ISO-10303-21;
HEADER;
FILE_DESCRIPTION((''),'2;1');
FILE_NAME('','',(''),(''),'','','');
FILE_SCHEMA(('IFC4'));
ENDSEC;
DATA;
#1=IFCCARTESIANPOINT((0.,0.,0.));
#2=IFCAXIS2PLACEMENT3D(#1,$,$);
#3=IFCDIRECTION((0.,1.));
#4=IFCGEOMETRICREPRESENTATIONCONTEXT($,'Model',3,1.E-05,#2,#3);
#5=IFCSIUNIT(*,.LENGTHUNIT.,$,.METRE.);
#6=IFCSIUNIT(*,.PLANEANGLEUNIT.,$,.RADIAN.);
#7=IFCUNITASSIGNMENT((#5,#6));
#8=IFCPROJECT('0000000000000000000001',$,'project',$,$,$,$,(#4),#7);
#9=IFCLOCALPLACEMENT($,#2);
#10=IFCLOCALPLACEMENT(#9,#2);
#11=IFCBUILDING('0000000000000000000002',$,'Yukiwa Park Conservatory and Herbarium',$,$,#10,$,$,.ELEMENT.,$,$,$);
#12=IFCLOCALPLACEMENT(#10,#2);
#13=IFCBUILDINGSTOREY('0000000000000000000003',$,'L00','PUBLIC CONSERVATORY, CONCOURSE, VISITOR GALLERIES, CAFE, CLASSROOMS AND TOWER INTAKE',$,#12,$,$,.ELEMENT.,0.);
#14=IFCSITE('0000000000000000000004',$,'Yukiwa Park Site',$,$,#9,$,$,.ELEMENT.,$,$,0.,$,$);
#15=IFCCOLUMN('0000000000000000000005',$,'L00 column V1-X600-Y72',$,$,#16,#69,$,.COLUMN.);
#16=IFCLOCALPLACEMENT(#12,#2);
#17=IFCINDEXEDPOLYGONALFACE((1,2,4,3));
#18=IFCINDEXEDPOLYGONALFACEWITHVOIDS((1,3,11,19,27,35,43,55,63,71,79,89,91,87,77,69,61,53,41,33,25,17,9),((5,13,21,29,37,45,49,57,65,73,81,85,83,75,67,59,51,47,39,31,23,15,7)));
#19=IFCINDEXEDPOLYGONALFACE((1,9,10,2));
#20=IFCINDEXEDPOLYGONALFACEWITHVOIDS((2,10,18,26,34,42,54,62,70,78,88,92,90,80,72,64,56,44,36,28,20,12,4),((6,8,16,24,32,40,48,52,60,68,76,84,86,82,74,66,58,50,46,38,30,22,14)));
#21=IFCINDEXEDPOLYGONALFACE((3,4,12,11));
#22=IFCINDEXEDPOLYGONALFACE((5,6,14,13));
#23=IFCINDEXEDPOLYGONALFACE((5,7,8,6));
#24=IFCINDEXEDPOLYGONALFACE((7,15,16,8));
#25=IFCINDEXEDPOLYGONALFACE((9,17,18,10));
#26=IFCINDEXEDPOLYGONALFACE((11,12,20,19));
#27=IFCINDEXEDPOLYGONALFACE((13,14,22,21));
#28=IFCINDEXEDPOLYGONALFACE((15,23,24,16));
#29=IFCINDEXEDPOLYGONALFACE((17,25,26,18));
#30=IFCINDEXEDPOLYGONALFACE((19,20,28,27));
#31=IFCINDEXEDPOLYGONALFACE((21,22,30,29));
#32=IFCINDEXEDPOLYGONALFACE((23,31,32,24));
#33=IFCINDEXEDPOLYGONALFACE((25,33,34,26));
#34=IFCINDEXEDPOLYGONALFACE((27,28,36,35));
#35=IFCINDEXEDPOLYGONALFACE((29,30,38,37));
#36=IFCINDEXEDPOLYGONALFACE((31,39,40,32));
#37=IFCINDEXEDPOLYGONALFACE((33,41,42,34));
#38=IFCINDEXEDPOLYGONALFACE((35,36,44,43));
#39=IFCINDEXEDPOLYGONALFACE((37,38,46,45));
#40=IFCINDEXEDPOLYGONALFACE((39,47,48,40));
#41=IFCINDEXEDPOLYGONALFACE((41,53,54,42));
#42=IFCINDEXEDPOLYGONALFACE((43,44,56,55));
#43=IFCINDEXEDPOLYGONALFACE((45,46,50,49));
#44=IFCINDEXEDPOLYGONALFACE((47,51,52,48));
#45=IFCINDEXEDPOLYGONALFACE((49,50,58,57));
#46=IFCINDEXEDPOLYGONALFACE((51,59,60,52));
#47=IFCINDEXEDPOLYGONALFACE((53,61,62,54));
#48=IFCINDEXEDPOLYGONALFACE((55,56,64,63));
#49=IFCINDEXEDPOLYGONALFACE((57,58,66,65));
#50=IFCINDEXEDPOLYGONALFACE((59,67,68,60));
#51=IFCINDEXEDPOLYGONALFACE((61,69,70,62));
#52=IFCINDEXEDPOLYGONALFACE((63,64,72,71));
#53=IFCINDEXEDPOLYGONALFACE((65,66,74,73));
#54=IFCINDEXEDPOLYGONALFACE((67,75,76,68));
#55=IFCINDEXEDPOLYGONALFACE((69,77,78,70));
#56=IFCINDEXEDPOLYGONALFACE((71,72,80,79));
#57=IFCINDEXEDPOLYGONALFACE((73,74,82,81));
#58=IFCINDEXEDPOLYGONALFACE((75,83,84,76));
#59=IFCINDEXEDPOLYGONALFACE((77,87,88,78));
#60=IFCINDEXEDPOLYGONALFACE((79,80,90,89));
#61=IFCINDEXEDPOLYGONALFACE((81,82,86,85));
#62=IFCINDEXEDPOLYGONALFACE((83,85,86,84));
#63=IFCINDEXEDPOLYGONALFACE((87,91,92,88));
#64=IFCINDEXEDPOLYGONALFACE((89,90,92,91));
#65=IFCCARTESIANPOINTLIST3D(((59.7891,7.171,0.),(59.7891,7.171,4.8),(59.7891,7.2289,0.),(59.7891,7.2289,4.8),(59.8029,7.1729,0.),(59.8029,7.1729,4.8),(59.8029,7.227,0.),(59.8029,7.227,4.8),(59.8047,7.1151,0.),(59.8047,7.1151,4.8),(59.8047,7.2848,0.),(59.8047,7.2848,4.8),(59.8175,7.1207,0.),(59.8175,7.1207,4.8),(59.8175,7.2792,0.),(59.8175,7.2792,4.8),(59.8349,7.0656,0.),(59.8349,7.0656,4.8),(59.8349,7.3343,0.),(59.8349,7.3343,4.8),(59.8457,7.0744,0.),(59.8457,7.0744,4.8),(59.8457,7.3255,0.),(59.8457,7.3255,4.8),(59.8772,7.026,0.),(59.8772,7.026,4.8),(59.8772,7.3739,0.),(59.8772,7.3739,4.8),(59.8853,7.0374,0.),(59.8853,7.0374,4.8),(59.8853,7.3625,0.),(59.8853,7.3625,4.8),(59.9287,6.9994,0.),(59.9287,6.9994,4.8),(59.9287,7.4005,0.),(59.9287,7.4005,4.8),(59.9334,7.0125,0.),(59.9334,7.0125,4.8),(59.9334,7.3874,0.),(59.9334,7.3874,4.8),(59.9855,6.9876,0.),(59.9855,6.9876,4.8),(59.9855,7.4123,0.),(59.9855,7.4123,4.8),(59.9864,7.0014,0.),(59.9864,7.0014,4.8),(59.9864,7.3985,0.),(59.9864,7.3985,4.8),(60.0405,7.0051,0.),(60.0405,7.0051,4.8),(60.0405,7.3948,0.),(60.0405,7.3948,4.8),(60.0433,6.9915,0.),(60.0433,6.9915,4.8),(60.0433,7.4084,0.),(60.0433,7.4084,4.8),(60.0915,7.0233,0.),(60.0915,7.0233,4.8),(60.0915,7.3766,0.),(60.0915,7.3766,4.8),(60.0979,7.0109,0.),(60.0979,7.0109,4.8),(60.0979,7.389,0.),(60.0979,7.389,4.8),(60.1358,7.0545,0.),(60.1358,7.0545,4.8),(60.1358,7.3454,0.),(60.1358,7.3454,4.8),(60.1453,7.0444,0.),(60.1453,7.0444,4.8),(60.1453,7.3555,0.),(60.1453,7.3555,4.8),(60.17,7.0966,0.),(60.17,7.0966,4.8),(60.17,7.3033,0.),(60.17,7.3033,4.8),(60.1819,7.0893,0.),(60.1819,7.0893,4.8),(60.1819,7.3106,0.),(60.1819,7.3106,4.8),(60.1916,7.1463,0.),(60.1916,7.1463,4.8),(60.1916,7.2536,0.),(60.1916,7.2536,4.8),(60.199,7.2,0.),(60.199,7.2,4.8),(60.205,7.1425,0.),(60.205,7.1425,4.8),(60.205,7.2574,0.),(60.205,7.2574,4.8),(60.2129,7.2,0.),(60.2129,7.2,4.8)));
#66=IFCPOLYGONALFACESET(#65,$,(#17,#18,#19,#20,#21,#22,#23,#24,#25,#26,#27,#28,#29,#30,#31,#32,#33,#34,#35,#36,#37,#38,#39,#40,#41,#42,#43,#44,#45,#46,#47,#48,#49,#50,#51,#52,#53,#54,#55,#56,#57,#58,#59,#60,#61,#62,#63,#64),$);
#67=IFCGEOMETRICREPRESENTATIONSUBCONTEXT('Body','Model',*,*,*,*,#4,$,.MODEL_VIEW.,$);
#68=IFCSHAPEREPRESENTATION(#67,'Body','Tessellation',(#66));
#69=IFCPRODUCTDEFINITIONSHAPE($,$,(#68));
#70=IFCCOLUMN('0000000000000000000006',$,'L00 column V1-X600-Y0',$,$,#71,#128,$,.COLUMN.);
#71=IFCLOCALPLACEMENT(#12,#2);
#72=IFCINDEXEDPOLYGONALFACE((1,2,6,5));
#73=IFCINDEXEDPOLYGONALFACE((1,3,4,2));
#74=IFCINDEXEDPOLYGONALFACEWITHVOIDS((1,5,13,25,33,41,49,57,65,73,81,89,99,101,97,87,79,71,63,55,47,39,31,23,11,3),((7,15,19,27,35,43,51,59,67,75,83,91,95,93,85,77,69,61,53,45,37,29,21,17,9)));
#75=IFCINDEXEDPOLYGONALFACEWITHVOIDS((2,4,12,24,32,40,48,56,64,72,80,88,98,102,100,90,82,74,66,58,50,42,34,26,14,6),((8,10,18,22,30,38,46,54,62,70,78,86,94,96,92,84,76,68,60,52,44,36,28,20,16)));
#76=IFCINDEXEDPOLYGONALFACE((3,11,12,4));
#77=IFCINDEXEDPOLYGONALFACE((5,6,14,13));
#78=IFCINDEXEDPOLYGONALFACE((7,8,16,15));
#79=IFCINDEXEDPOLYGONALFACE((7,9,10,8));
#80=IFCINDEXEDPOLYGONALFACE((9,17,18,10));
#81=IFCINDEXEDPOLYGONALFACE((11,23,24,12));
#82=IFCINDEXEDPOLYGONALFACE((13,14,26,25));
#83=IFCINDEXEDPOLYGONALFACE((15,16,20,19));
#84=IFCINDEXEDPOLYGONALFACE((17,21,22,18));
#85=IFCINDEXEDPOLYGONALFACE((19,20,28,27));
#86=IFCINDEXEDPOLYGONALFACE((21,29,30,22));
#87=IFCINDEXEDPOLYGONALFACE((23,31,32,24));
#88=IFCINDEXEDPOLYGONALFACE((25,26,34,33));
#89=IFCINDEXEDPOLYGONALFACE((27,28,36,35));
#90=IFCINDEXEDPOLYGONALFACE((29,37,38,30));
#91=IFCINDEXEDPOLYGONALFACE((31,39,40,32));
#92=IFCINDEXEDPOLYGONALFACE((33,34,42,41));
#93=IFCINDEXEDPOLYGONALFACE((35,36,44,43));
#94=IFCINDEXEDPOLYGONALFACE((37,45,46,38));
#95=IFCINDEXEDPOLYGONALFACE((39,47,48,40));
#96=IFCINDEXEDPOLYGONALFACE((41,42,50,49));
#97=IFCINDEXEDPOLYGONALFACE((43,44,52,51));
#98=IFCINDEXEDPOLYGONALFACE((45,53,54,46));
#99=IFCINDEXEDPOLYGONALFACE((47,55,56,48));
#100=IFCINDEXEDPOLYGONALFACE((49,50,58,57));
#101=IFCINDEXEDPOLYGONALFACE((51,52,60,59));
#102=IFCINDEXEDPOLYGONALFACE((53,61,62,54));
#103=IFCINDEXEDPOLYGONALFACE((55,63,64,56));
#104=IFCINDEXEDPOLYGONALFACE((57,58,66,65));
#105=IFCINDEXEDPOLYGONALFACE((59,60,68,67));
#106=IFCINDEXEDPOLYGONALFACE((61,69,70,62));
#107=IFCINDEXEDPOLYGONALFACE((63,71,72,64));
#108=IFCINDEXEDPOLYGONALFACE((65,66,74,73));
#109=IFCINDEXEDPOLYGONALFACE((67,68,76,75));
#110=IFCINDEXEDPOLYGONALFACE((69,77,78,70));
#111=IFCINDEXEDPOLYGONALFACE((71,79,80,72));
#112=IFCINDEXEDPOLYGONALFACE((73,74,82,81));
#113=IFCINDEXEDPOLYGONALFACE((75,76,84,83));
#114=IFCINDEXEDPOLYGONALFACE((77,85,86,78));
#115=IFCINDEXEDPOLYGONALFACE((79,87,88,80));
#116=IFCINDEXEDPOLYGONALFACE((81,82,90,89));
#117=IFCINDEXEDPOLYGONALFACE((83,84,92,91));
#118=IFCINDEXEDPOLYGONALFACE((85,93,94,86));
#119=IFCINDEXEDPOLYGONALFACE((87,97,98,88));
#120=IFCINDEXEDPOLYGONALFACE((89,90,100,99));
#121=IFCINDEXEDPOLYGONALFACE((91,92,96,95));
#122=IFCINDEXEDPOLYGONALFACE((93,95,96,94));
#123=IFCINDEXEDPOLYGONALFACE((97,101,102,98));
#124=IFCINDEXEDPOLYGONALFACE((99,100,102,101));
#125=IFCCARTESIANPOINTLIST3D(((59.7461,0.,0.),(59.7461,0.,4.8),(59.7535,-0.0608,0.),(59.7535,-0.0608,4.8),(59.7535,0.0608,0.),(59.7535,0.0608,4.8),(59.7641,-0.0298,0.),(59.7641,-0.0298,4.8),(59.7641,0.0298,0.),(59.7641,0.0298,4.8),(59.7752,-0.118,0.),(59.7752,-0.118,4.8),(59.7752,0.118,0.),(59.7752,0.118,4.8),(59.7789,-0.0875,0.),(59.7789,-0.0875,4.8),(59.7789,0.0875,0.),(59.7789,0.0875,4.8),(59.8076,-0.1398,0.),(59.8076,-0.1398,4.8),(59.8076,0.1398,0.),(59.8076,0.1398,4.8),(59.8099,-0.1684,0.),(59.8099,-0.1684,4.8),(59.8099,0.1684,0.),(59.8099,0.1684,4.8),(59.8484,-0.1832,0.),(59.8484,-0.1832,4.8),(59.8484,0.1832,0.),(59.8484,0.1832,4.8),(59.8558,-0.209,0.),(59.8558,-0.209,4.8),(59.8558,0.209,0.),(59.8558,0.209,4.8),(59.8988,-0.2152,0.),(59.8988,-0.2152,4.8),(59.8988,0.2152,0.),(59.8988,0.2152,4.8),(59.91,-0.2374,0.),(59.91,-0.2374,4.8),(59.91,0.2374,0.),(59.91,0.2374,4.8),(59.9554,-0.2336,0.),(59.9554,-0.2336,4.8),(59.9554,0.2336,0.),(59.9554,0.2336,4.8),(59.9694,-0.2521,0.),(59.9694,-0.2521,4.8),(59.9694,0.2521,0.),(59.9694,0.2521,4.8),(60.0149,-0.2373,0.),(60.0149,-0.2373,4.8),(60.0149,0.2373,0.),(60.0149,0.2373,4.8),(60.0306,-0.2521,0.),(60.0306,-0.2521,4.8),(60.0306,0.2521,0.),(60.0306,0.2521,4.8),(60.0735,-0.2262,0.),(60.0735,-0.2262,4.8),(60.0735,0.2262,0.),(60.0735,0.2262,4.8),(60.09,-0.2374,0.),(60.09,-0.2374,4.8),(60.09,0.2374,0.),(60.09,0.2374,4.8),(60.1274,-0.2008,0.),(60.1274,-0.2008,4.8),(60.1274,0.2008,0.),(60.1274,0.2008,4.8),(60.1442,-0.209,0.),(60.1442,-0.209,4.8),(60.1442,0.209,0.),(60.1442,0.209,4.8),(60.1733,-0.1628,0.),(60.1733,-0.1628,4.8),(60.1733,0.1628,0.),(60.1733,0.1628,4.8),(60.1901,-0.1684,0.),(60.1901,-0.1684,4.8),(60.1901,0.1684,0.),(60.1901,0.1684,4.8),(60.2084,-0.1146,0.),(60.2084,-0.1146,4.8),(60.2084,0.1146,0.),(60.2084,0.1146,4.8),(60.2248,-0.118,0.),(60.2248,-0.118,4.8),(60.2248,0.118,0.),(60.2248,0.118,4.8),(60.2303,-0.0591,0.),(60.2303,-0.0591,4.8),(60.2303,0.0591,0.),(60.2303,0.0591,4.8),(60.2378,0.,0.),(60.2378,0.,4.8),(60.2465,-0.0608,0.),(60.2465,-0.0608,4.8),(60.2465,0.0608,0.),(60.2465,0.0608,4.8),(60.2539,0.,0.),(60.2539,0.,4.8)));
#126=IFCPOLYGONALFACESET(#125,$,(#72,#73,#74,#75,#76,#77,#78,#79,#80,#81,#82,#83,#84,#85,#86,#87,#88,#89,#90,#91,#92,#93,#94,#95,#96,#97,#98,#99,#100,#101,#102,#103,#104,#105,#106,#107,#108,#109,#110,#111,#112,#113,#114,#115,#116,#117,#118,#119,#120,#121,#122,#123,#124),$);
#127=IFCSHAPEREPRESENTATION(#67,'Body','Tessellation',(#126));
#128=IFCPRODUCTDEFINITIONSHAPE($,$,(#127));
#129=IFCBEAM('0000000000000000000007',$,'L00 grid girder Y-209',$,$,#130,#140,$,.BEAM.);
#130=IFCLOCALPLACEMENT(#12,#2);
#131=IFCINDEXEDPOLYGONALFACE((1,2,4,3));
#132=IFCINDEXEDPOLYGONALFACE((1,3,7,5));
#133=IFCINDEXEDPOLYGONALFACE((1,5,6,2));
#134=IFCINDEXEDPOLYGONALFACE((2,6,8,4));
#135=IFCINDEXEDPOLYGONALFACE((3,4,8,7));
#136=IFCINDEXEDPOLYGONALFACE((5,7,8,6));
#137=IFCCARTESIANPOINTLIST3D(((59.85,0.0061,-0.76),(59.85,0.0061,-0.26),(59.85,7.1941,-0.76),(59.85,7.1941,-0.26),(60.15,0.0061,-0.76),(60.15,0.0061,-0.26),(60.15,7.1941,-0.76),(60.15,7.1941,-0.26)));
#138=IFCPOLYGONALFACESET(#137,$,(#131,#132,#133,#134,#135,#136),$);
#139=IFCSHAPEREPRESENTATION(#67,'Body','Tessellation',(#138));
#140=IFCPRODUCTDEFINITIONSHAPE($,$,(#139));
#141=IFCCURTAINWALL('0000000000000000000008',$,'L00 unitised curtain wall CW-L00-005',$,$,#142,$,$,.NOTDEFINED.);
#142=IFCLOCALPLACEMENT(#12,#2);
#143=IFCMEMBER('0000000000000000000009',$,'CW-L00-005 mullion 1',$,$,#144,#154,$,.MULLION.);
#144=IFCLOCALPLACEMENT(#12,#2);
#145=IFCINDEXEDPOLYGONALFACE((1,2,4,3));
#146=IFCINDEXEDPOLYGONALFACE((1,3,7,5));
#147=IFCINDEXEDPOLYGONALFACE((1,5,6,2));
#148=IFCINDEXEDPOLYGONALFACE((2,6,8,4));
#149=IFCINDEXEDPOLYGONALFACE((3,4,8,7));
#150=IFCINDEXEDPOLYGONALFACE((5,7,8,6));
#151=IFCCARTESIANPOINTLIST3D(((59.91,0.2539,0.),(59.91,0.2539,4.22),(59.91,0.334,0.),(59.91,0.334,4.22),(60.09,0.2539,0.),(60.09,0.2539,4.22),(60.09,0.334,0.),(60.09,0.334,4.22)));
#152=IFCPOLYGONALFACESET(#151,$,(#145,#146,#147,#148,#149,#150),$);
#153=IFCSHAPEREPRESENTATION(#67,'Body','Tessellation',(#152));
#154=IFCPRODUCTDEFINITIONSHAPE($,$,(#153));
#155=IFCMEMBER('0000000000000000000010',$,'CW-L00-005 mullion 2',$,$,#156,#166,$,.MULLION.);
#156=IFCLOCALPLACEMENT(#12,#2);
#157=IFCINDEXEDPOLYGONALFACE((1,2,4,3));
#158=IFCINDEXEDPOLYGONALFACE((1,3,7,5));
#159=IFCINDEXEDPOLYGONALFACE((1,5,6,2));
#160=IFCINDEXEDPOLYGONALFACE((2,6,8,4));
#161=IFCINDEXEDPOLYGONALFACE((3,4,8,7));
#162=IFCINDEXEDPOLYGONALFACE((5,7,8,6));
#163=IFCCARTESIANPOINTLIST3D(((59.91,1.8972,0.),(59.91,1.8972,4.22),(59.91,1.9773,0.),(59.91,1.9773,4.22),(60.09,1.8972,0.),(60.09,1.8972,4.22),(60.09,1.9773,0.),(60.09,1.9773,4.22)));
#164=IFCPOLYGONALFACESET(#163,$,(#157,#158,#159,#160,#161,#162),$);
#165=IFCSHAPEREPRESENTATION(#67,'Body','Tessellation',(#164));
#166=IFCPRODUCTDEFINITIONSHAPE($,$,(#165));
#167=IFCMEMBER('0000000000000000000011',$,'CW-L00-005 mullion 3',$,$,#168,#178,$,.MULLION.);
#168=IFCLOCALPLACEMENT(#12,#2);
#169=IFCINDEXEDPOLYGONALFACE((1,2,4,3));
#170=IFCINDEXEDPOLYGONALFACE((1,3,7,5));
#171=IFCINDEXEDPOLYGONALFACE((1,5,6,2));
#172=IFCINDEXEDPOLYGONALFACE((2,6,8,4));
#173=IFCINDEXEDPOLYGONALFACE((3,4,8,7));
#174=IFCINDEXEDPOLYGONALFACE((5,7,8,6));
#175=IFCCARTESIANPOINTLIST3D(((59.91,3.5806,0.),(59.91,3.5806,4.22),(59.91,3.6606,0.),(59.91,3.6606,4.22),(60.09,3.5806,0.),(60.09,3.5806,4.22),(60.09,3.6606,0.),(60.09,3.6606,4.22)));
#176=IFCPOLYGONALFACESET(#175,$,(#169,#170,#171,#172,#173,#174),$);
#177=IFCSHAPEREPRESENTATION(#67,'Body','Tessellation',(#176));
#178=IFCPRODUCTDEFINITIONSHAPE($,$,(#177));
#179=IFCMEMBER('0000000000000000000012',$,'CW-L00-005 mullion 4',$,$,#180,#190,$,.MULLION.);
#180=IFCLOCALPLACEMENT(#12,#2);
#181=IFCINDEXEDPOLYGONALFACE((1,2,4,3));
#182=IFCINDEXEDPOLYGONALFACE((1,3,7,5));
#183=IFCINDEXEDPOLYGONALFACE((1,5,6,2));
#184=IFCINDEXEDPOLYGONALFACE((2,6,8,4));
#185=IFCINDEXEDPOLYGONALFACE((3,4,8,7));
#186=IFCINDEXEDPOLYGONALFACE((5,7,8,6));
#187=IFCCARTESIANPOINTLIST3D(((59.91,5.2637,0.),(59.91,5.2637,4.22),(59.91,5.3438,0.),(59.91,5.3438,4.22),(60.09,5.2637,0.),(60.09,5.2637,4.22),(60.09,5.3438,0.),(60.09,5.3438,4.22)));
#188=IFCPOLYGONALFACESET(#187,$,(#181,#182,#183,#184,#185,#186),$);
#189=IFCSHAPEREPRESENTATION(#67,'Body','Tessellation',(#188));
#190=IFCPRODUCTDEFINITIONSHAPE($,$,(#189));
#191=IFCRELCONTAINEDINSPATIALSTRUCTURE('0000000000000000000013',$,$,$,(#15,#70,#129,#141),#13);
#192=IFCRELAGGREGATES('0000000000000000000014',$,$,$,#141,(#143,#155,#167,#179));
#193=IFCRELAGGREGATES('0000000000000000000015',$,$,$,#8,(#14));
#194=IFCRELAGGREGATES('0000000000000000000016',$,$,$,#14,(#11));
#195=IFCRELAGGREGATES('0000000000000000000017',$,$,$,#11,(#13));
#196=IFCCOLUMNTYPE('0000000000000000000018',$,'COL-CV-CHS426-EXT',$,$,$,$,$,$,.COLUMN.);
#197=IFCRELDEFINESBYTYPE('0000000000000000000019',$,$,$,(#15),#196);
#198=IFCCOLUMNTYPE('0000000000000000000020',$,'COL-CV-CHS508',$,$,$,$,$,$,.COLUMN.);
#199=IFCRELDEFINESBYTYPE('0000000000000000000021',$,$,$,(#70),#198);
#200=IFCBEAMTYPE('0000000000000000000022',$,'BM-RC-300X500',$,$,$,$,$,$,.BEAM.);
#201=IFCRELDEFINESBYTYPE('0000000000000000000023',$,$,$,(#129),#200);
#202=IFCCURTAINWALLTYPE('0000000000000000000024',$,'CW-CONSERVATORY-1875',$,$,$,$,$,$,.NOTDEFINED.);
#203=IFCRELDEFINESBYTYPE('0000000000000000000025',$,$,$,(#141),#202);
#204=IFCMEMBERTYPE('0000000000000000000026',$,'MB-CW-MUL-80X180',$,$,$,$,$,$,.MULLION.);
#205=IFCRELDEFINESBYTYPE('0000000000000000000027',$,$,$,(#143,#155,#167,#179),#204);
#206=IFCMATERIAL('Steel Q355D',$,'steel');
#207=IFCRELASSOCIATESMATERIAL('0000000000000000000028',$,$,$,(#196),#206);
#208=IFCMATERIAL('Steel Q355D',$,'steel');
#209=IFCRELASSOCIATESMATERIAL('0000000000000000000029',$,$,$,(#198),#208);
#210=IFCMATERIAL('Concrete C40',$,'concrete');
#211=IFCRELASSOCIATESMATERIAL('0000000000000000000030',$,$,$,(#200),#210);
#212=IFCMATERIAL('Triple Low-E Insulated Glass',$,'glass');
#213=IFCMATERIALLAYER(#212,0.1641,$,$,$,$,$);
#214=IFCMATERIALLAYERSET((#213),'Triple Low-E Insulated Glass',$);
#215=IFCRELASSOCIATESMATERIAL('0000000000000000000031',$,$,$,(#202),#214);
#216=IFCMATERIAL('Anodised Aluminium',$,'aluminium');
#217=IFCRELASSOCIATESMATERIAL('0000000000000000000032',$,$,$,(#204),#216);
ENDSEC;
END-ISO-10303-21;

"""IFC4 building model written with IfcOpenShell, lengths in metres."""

from ifc_helpers import new_model, si_unit, direction, frame, origin, origin_2d, place, context, subcontext, project, spatial, rectangle, hollow_circle, extrude, material, layer, layer_set, material_profile, profile_set, type_object, element, aggregate, save


model = new_model("IFC4")

# Units and contexts
model_context = context("Model", 3, precision=1e-05, world=origin(), true_north=direction((0.0, 1.0)))
body_context = subcontext(model_context, "Body", "Model", "MODEL_VIEW")
ifc_project = project(units=[si_unit("LENGTHUNIT", "METRE"), si_unit("PLANEANGLEUNIT", "RADIAN")], contexts=[model_context])

# Site, building, storey
site_placement = place(None, origin())
site = spatial("IfcSite", under=ifc_project, at=site_placement, Name="Yukiwa Park Site", CompositionType="ELEMENT", RefElevation=0.0)
building_placement = place(site_placement, origin())
building = spatial("IfcBuilding", under=site, at=building_placement, Name="Yukiwa Park Conservatory and Herbarium", CompositionType="ELEMENT")
storey_placement = place(building_placement, origin())
storey = spatial("IfcBuildingStorey", under=building, at=storey_placement, Name="L00", Description="PUBLIC CONSERVATORY, CONCOURSE, VISITOR GALLERIES, CAFE, CLASSROOMS AND TOWER INTAKE", CompositionType="ELEMENT", Elevation=0.0)

# Columns
ifc_material_1 = material(Name="Steel Q355D", Category="steel")
ifc_material_profile_1 = material_profile(ifc_material_1, hollow_circle(Radius=0.2129, WallThickness=0.0139, at=origin_2d()), Name="CHS 426x14")
ifc_profile_set_1 = profile_set([ifc_material_profile_1], Name="Steel Q355D")
column_type_1 = type_object("IfcColumnType", Name="COL-CV-CHS426-EXT", PredefinedType="COLUMN", material=ifc_profile_set_1)
column_1_placement = place(storey_placement, frame((60.0, 7.2, 0.0), z_axis=(0.0, 0.0, 1.0), x_axis=(1.0, 0.0, 0.0)))
element("IfcColumn", 1, at=column_1_placement, inside=storey, type_object=column_type_1, Name="L00 column V1-X600-Y72", PredefinedType="COLUMN", context=body_context, shape_type="SweptSolid", body=[
    extrude(hollow_circle(Radius=0.2129, WallThickness=0.0139, at=origin_2d()), origin(), (0.0, 0.0, 1.0), 4.8),
])
ifc_material_2 = material(Name="Steel Q355D", Category="steel")
ifc_material_profile_2 = material_profile(ifc_material_2, hollow_circle(Radius=0.2539, WallThickness=0.0161, at=origin_2d()), Name="CHS 508x16")
ifc_profile_set_2 = profile_set([ifc_material_profile_2], Name="Steel Q355D")
column_type_2 = type_object("IfcColumnType", Name="COL-CV-CHS508", PredefinedType="COLUMN", material=ifc_profile_set_2)
column_2_placement = place(storey_placement, frame((60.0, 0.0, 0.0), z_axis=(0.0, 0.0, 1.0), x_axis=(1.0, 0.0, 0.0)))
element("IfcColumn", 2, at=column_2_placement, inside=storey, type_object=column_type_2, Name="L00 column V1-X600-Y0", PredefinedType="COLUMN", context=body_context, shape_type="SweptSolid", body=[
    extrude(hollow_circle(Radius=0.2539, WallThickness=0.0161, at=origin_2d()), origin(), (0.0, 0.0, 1.0), 4.8),
])

# Beam
ifc_material_3 = material(Name="Concrete C40", Category="concrete")
ifc_material_profile_3 = material_profile(ifc_material_3, rectangle(XDim=0.3, YDim=0.5, at=origin_2d()), Name="RC 300x500")
ifc_profile_set_3 = profile_set([ifc_material_profile_3], Name="Concrete C40")
beam_type = type_object("IfcBeamType", Name="BM-RC-300X500", PredefinedType="BEAM", material=ifc_profile_set_3)
beam_placement = place(storey_placement, frame((60.0, 0.0061, -0.51), z_axis=(0.0, 1.0, 0.0), x_axis=(-1.0, 0.0, 0.0)))
element("IfcBeam", 3, at=beam_placement, inside=storey, type_object=beam_type, Name="L00 grid girder Y-209", PredefinedType="BEAM", context=body_context, shape_type="SweptSolid", body=[
    extrude(rectangle(XDim=0.3, YDim=0.5, at=origin_2d()), origin(), (0.0, 0.0, 1.0), 7.188),
])

# Curtain wall, members
ifc_material_4 = material(Name="Triple Low-E Insulated Glass", Category="glass")
ifc_layer_1 = layer(ifc_material_4, 0.1641)
ifc_layer_set_1 = layer_set([ifc_layer_1], Name="Triple Low-E Insulated Glass")
curtain_wall_type = type_object("IfcCurtainWallType", Name="CW-CONSERVATORY-1875", PredefinedType="NOTDEFINED", material=ifc_layer_set_1)
curtain_wall_placement = place(storey_placement, origin())
curtain_wall = element("IfcCurtainWall", 4, at=curtain_wall_placement, inside=storey, type_object=curtain_wall_type, Name="L00 unitised curtain wall CW-L00-005", PredefinedType="NOTDEFINED")
ifc_material_5 = material(Name="Anodised Aluminium", Category="aluminium")
member_type_1 = type_object("IfcMemberType", Name="MB-CW-MUL-80X180", PredefinedType="MULLION", material=ifc_material_5)
member_1_placement = place(storey_placement, frame((60.0, 0.2939, 0.0), z_axis=(0.0, 0.0, 1.0), x_axis=(0.0, 1.0, 0.0)))
member_1 = element("IfcMember", 5, at=member_1_placement, type_object=member_type_1, Name="CW-L00-005 mullion 1", PredefinedType="MULLION", context=body_context, shape_type="SweptSolid", body=[
    extrude(rectangle(XDim=0.0801, YDim=0.1799, at=origin_2d()), origin(), (0.0, 0.0, 1.0), 4.22),
])
member_2_placement = place(storey_placement, frame((60.0, 1.9373, 0.0), z_axis=(0.0, 0.0, 1.0), x_axis=(0.0, 1.0, 0.0)))
member_2 = element("IfcMember", 6, at=member_2_placement, type_object=member_type_1, Name="CW-L00-005 mullion 2", PredefinedType="MULLION", context=body_context, shape_type="SweptSolid", body=[
    extrude(rectangle(XDim=0.0801, YDim=0.1799, at=origin_2d()), origin(), (0.0, 0.0, 1.0), 4.22),
])
member_3_placement = place(storey_placement, frame((60.0, 3.6206, 0.0), z_axis=(0.0, 0.0, 1.0), x_axis=(0.0, 1.0, 0.0)))
member_3 = element("IfcMember", 7, at=member_3_placement, type_object=member_type_1, Name="CW-L00-005 mullion 3", PredefinedType="MULLION", context=body_context, shape_type="SweptSolid", body=[
    extrude(rectangle(XDim=0.0801, YDim=0.1799, at=origin_2d()), origin(), (0.0, 0.0, 1.0), 4.22),
])
member_4_placement = place(storey_placement, frame((60.0, 5.3037, 0.0), z_axis=(0.0, 0.0, 1.0), x_axis=(0.0, 1.0, 0.0)))
member_4 = element("IfcMember", 8, at=member_4_placement, type_object=member_type_1, Name="CW-L00-005 mullion 4", PredefinedType="MULLION", context=body_context, shape_type="SweptSolid", body=[
    extrude(rectangle(XDim=0.0801, YDim=0.1799, at=origin_2d()), origin(), (0.0, 0.0, 1.0), 4.22),
])
aggregate(curtain_wall, [member_1, member_2, member_3, member_4])

save(model, "model.ifc")
